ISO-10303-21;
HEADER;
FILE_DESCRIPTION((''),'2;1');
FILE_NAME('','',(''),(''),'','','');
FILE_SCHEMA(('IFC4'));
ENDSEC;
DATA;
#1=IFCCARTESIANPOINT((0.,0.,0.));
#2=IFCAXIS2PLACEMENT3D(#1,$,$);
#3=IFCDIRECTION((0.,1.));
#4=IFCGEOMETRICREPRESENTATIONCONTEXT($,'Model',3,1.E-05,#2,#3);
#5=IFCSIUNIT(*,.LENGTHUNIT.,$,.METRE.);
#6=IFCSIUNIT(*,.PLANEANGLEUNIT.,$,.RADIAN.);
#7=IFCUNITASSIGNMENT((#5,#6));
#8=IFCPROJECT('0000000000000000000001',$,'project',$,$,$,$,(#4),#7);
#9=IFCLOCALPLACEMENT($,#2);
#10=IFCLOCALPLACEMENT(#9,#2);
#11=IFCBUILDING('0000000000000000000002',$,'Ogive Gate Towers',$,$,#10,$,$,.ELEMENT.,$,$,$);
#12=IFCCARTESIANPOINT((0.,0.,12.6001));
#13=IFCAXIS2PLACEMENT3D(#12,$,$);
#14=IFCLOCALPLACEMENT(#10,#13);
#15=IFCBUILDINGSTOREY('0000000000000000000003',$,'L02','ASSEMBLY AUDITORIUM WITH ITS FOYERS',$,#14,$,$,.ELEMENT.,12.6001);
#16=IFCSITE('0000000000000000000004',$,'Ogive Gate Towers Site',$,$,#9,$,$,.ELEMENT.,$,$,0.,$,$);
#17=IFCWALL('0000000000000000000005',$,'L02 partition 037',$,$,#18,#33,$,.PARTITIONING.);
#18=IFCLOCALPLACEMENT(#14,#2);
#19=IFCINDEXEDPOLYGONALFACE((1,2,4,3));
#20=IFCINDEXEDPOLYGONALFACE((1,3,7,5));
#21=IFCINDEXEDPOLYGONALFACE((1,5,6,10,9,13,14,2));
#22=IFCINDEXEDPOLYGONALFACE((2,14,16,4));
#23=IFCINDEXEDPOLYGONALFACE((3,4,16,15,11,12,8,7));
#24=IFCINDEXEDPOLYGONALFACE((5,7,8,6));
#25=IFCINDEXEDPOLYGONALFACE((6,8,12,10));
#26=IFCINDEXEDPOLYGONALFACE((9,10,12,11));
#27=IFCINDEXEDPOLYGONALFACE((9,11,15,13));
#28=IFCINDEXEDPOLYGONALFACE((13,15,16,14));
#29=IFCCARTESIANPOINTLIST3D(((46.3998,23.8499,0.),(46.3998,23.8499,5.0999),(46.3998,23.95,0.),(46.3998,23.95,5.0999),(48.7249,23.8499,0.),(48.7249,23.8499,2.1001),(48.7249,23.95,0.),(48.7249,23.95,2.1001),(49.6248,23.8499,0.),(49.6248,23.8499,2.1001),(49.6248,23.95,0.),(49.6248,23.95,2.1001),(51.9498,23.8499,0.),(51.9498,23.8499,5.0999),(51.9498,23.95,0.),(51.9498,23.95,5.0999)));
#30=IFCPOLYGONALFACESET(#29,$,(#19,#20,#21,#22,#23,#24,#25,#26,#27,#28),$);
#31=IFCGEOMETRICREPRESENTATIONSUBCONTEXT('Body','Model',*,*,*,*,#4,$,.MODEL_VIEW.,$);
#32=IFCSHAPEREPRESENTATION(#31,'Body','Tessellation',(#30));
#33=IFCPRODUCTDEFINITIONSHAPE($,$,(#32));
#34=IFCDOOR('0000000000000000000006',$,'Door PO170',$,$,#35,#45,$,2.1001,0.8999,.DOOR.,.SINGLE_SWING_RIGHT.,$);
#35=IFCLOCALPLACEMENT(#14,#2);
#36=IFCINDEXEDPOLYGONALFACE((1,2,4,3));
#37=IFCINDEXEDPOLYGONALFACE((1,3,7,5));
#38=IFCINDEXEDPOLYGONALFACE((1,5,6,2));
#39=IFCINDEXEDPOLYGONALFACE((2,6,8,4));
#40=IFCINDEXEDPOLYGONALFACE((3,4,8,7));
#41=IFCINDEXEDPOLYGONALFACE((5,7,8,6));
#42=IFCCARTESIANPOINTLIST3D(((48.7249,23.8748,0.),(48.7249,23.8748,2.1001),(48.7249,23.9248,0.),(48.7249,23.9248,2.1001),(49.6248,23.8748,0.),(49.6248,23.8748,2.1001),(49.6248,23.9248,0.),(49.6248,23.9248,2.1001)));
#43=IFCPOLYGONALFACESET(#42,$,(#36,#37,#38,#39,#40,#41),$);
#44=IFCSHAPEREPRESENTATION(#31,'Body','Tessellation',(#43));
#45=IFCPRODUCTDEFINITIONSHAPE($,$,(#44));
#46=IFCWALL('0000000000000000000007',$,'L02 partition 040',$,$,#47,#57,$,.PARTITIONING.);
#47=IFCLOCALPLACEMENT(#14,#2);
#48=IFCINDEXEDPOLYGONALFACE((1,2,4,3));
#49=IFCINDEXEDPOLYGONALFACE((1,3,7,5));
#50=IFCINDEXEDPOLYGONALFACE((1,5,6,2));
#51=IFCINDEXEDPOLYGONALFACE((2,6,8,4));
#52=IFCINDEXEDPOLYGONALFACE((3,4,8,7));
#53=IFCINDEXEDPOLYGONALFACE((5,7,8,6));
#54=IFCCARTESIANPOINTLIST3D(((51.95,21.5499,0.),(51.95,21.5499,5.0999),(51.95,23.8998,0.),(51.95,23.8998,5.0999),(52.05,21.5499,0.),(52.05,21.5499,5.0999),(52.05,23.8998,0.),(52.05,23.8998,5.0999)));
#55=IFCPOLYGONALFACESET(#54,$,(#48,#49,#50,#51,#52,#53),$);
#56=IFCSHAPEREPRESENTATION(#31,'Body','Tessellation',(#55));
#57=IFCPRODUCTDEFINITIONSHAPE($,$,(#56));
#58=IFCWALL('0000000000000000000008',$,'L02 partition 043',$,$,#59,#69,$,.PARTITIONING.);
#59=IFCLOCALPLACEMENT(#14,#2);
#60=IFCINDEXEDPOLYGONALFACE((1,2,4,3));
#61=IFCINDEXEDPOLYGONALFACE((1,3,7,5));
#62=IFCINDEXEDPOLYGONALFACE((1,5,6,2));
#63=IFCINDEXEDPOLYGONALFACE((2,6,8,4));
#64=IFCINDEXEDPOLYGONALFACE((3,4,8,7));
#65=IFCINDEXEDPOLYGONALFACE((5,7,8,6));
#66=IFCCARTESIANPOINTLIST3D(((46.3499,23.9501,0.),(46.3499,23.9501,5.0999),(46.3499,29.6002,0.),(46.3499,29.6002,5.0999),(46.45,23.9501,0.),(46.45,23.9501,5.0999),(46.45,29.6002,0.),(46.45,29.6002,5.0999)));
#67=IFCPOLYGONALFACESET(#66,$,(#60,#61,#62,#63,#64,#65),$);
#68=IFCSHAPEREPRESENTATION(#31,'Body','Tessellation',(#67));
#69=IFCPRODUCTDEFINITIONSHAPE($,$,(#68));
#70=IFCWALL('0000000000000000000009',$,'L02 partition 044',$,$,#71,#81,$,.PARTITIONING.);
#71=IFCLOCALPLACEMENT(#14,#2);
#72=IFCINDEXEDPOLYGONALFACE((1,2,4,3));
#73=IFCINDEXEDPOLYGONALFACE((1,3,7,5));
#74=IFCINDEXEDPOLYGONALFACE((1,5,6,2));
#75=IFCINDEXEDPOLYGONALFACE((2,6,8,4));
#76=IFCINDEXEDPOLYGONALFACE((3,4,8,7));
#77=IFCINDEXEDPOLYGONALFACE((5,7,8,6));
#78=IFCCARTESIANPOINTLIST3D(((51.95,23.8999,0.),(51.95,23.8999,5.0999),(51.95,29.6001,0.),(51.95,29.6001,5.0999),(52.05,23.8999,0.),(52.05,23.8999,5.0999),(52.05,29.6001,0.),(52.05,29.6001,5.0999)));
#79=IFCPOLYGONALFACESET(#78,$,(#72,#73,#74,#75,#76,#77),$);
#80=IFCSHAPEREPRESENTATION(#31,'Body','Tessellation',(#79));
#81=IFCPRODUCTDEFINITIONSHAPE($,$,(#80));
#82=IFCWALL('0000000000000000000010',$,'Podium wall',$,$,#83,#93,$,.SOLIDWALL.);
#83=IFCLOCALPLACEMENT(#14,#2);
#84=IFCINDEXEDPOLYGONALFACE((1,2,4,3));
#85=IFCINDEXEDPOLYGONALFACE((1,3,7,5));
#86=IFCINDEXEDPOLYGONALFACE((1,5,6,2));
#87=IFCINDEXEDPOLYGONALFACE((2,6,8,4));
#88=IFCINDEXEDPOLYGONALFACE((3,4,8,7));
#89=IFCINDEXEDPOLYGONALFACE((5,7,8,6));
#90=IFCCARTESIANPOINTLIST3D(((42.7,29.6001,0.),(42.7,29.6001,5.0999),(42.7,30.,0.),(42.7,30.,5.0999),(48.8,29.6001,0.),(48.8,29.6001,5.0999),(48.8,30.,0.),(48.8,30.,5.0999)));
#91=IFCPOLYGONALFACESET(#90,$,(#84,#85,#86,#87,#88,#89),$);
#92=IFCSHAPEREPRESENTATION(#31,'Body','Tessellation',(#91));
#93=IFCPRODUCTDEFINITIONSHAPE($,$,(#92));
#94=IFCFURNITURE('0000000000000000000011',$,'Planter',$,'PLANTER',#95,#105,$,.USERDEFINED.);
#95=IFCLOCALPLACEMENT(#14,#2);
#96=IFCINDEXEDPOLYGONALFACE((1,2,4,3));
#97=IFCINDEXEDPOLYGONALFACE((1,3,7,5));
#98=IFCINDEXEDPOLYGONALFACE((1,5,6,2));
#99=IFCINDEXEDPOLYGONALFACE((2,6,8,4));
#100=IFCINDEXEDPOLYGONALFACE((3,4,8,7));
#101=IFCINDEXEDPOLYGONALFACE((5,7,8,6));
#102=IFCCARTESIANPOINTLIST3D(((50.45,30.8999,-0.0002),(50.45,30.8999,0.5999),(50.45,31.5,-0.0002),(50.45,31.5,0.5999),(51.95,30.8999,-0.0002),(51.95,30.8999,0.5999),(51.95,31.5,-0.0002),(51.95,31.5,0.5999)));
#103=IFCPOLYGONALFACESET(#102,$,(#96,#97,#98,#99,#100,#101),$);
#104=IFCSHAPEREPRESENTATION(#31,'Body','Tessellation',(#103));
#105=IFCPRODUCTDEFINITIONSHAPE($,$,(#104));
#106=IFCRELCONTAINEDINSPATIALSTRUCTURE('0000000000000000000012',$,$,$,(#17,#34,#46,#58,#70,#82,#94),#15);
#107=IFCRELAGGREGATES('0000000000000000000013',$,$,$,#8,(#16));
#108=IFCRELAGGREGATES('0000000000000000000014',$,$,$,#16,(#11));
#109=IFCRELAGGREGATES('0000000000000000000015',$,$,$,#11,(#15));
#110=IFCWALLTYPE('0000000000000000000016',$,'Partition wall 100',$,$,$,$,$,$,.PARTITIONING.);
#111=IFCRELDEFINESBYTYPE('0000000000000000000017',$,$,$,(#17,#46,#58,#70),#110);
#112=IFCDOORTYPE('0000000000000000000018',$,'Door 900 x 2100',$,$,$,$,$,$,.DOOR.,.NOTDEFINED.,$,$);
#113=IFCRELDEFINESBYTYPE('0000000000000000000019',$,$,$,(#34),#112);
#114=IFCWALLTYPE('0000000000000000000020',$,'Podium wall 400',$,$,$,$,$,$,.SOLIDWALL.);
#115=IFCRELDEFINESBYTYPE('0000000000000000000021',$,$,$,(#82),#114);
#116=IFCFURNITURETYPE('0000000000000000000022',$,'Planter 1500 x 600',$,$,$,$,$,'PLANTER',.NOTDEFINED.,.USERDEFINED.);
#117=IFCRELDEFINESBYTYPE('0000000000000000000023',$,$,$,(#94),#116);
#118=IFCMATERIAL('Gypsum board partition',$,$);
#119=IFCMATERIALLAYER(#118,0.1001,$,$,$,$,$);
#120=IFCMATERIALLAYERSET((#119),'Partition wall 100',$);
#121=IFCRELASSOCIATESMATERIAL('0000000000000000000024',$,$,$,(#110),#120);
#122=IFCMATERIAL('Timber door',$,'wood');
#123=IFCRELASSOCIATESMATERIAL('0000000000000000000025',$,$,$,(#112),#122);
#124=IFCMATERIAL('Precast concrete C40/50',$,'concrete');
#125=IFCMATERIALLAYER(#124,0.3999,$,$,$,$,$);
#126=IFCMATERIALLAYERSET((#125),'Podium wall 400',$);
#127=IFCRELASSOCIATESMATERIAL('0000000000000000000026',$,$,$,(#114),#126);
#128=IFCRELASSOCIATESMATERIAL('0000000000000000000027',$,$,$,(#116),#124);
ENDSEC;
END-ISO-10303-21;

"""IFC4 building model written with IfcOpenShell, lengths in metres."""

from ifc_helpers import new_model, si_unit, direction, frame, frame_2d, origin, origin_2d, place, context, subcontext, project, spatial, rectangle, extrude, material, layer, layer_set, type_object, element, fill, save


model = new_model("IFC4")

# Units and contexts
model_context = context("Model", 3, precision=1e-05, world=origin(), true_north=direction((0.0, 1.0)))
body_context = subcontext(model_context, "Body", "Model", "MODEL_VIEW")
ifc_project = project(units=[si_unit("LENGTHUNIT", "METRE"), si_unit("PLANEANGLEUNIT", "RADIAN")], contexts=[model_context])

# Site, building, storey
site_placement = place(None, origin())
site = spatial("IfcSite", under=ifc_project, at=site_placement, Name="Ogive Gate Towers Site", CompositionType="ELEMENT", RefElevation=0.0)
building_placement = place(site_placement, origin())
building = spatial("IfcBuilding", under=site, at=building_placement, Name="Ogive Gate Towers", CompositionType="ELEMENT")
storey_placement = place(building_placement, frame((0.0, 0.0, 12.6001)))
storey = spatial("IfcBuildingStorey", under=building, at=storey_placement, Name="L02", Description="ASSEMBLY AUDITORIUM WITH ITS FOYERS", CompositionType="ELEMENT", Elevation=12.6001)

# Wall, opening, door
ifc_material_1 = material(Name="Gypsum board partition")
ifc_layer_1 = layer(ifc_material_1, 0.1001)
ifc_layer_set_1 = layer_set([ifc_layer_1], Name="Partition wall 100")
wall_type_1 = type_object("IfcWallType", Name="Partition wall 100", PredefinedType="PARTITIONING", material=ifc_layer_set_1)
wall_1_placement = place(storey_placement, frame((46.3999, 23.8999, 0.0), z_axis=(0.0, 0.0, 1.0), x_axis=(1.0, 0.0, 0.0)))
wall_1 = element("IfcWall", 1, at=wall_1_placement, inside=storey, type_object=wall_type_1, Name="L02 partition 037", PredefinedType="PARTITIONING", context=body_context, shape_type="SweptSolid", body=[
    extrude(rectangle(XDim=5.55, YDim=0.1001, at=frame_2d((2.7749, 0.0))), origin(), (0.0, 0.0, 1.0), 5.0999),
])
opening_1_placement = place(wall_1_placement, frame((2.325, 0.0, 0.0)))
opening_1 = element("IfcOpeningElement", 2, at=opening_1_placement, cuts=wall_1, PredefinedType="OPENING", context=body_context, shape_type="SweptSolid", body=[
    extrude(rectangle(XDim=0.8999, YDim=2.1001, at=frame_2d((0.45, 1.05))), frame((0.0, 0.0601, 0.0), z_axis=(0.0, -1.0, 0.0), x_axis=(1.0, 0.0, 0.0)), (0.0, 0.0, 1.0), 0.1201),
])
ifc_material_2 = material(Name="Timber door", Category="wood")
door_type_1 = type_object("IfcDoorType", Name="Door 900 x 2100", OperationType="NOTDEFINED", PredefinedType="DOOR", material=ifc_material_2)
door_1_placement = place(opening_1_placement, origin())
door_1 = element("IfcDoor", 3, at=door_1_placement, inside=storey, type_object=door_type_1, Name="Door PO170", OperationType="SINGLE_SWING_RIGHT", OverallHeight=2.1001, OverallWidth=0.8999, PredefinedType="DOOR", context=body_context, shape_type="SweptSolid", body=[
    extrude(rectangle(XDim=0.8999, YDim=2.1001, at=frame_2d((0.45, 1.05))), frame((0.0, 0.0249, 0.0), z_axis=(0.0, -1.0, 0.0), x_axis=(1.0, 0.0, 0.0)), (0.0, 0.0, 1.0), 0.05),
])
fill(opening_1, door_1)

# Walls
wall_2_placement = place(storey_placement, frame((52.0, 21.55, 0.0), z_axis=(0.0, 0.0, 1.0), x_axis=(0.0, 1.0, 0.0)))
element("IfcWall", 4, at=wall_2_placement, inside=storey, type_object=wall_type_1, Name="L02 partition 040", PredefinedType="PARTITIONING", context=body_context, shape_type="SweptSolid", body=[
    extrude(rectangle(XDim=2.3499, YDim=0.1001, at=frame_2d((1.1748, 0.0))), origin(), (0.0, 0.0, 1.0), 5.0999),
])
wall_3_placement = place(storey_placement, frame((46.3999, 23.95, 0.0), z_axis=(0.0, 0.0, 1.0), x_axis=(0.0, 1.0, 0.0)))
element("IfcWall", 5, at=wall_3_placement, inside=storey, type_object=wall_type_1, Name="L02 partition 043", PredefinedType="PARTITIONING", context=body_context, shape_type="SweptSolid", body=[
    extrude(rectangle(XDim=5.6501, YDim=0.1001, at=frame_2d((2.8252, 0.0))), origin(), (0.0, 0.0, 1.0), 5.0999),
])
wall_4_placement = place(storey_placement, frame((52.0, 23.8999, 0.0), z_axis=(0.0, 0.0, 1.0), x_axis=(0.0, 1.0, 0.0)))
element("IfcWall", 6, at=wall_4_placement, inside=storey, type_object=wall_type_1, Name="L02 partition 044", PredefinedType="PARTITIONING", context=body_context, shape_type="SweptSolid", body=[
    extrude(rectangle(XDim=5.7002, YDim=0.1001, at=frame_2d((2.8501, 0.0))), origin(), (0.0, 0.0, 1.0), 5.0999),
])
ifc_material_3 = material(Name="Precast concrete C40/50", Category="concrete")
ifc_layer_2 = layer(ifc_material_3, 0.3999)
ifc_layer_set_2 = layer_set([ifc_layer_2], Name="Podium wall 400")
wall_type_2 = type_object("IfcWallType", Name="Podium wall 400", PredefinedType="SOLIDWALL", material=ifc_layer_set_2)
wall_5_placement = place(storey_placement, frame((48.8, 29.8, 0.0), z_axis=(0.0, 0.0, 1.0), x_axis=(-1.0, 0.0, 0.0)))
element("IfcWall", 7, at=wall_5_placement, inside=storey, type_object=wall_type_2, Name="Podium wall", PredefinedType="SOLIDWALL", context=body_context, shape_type="SweptSolid", body=[
    extrude(rectangle(XDim=6.1001, YDim=0.3999, at=frame_2d((3.05, 0.0))), origin(), (0.0, 0.0, 1.0), 5.0999),
])

# Furniture
furniture_type = type_object("IfcFurnitureType", Name="Planter 1500 x 600", ElementType="PLANTER", AssemblyPlace="NOTDEFINED", PredefinedType="USERDEFINED", material=ifc_material_3)
furniture_placement = place(storey_placement, frame((51.2, 31.2, -0.0002), z_axis=(0.0, 0.0, 1.0), x_axis=(-1.0, 0.0, 0.0)))
element("IfcFurniture", 8, at=furniture_placement, inside=storey, type_object=furniture_type, Name="Planter", ObjectType="PLANTER", PredefinedType="USERDEFINED", context=body_context, shape_type="SweptSolid", body=[
    extrude(rectangle(XDim=1.5, YDim=0.6001, at=origin_2d()), origin(), (0.0, 0.0, 1.0), 0.6001),
])

save(model, "model.ifc")
